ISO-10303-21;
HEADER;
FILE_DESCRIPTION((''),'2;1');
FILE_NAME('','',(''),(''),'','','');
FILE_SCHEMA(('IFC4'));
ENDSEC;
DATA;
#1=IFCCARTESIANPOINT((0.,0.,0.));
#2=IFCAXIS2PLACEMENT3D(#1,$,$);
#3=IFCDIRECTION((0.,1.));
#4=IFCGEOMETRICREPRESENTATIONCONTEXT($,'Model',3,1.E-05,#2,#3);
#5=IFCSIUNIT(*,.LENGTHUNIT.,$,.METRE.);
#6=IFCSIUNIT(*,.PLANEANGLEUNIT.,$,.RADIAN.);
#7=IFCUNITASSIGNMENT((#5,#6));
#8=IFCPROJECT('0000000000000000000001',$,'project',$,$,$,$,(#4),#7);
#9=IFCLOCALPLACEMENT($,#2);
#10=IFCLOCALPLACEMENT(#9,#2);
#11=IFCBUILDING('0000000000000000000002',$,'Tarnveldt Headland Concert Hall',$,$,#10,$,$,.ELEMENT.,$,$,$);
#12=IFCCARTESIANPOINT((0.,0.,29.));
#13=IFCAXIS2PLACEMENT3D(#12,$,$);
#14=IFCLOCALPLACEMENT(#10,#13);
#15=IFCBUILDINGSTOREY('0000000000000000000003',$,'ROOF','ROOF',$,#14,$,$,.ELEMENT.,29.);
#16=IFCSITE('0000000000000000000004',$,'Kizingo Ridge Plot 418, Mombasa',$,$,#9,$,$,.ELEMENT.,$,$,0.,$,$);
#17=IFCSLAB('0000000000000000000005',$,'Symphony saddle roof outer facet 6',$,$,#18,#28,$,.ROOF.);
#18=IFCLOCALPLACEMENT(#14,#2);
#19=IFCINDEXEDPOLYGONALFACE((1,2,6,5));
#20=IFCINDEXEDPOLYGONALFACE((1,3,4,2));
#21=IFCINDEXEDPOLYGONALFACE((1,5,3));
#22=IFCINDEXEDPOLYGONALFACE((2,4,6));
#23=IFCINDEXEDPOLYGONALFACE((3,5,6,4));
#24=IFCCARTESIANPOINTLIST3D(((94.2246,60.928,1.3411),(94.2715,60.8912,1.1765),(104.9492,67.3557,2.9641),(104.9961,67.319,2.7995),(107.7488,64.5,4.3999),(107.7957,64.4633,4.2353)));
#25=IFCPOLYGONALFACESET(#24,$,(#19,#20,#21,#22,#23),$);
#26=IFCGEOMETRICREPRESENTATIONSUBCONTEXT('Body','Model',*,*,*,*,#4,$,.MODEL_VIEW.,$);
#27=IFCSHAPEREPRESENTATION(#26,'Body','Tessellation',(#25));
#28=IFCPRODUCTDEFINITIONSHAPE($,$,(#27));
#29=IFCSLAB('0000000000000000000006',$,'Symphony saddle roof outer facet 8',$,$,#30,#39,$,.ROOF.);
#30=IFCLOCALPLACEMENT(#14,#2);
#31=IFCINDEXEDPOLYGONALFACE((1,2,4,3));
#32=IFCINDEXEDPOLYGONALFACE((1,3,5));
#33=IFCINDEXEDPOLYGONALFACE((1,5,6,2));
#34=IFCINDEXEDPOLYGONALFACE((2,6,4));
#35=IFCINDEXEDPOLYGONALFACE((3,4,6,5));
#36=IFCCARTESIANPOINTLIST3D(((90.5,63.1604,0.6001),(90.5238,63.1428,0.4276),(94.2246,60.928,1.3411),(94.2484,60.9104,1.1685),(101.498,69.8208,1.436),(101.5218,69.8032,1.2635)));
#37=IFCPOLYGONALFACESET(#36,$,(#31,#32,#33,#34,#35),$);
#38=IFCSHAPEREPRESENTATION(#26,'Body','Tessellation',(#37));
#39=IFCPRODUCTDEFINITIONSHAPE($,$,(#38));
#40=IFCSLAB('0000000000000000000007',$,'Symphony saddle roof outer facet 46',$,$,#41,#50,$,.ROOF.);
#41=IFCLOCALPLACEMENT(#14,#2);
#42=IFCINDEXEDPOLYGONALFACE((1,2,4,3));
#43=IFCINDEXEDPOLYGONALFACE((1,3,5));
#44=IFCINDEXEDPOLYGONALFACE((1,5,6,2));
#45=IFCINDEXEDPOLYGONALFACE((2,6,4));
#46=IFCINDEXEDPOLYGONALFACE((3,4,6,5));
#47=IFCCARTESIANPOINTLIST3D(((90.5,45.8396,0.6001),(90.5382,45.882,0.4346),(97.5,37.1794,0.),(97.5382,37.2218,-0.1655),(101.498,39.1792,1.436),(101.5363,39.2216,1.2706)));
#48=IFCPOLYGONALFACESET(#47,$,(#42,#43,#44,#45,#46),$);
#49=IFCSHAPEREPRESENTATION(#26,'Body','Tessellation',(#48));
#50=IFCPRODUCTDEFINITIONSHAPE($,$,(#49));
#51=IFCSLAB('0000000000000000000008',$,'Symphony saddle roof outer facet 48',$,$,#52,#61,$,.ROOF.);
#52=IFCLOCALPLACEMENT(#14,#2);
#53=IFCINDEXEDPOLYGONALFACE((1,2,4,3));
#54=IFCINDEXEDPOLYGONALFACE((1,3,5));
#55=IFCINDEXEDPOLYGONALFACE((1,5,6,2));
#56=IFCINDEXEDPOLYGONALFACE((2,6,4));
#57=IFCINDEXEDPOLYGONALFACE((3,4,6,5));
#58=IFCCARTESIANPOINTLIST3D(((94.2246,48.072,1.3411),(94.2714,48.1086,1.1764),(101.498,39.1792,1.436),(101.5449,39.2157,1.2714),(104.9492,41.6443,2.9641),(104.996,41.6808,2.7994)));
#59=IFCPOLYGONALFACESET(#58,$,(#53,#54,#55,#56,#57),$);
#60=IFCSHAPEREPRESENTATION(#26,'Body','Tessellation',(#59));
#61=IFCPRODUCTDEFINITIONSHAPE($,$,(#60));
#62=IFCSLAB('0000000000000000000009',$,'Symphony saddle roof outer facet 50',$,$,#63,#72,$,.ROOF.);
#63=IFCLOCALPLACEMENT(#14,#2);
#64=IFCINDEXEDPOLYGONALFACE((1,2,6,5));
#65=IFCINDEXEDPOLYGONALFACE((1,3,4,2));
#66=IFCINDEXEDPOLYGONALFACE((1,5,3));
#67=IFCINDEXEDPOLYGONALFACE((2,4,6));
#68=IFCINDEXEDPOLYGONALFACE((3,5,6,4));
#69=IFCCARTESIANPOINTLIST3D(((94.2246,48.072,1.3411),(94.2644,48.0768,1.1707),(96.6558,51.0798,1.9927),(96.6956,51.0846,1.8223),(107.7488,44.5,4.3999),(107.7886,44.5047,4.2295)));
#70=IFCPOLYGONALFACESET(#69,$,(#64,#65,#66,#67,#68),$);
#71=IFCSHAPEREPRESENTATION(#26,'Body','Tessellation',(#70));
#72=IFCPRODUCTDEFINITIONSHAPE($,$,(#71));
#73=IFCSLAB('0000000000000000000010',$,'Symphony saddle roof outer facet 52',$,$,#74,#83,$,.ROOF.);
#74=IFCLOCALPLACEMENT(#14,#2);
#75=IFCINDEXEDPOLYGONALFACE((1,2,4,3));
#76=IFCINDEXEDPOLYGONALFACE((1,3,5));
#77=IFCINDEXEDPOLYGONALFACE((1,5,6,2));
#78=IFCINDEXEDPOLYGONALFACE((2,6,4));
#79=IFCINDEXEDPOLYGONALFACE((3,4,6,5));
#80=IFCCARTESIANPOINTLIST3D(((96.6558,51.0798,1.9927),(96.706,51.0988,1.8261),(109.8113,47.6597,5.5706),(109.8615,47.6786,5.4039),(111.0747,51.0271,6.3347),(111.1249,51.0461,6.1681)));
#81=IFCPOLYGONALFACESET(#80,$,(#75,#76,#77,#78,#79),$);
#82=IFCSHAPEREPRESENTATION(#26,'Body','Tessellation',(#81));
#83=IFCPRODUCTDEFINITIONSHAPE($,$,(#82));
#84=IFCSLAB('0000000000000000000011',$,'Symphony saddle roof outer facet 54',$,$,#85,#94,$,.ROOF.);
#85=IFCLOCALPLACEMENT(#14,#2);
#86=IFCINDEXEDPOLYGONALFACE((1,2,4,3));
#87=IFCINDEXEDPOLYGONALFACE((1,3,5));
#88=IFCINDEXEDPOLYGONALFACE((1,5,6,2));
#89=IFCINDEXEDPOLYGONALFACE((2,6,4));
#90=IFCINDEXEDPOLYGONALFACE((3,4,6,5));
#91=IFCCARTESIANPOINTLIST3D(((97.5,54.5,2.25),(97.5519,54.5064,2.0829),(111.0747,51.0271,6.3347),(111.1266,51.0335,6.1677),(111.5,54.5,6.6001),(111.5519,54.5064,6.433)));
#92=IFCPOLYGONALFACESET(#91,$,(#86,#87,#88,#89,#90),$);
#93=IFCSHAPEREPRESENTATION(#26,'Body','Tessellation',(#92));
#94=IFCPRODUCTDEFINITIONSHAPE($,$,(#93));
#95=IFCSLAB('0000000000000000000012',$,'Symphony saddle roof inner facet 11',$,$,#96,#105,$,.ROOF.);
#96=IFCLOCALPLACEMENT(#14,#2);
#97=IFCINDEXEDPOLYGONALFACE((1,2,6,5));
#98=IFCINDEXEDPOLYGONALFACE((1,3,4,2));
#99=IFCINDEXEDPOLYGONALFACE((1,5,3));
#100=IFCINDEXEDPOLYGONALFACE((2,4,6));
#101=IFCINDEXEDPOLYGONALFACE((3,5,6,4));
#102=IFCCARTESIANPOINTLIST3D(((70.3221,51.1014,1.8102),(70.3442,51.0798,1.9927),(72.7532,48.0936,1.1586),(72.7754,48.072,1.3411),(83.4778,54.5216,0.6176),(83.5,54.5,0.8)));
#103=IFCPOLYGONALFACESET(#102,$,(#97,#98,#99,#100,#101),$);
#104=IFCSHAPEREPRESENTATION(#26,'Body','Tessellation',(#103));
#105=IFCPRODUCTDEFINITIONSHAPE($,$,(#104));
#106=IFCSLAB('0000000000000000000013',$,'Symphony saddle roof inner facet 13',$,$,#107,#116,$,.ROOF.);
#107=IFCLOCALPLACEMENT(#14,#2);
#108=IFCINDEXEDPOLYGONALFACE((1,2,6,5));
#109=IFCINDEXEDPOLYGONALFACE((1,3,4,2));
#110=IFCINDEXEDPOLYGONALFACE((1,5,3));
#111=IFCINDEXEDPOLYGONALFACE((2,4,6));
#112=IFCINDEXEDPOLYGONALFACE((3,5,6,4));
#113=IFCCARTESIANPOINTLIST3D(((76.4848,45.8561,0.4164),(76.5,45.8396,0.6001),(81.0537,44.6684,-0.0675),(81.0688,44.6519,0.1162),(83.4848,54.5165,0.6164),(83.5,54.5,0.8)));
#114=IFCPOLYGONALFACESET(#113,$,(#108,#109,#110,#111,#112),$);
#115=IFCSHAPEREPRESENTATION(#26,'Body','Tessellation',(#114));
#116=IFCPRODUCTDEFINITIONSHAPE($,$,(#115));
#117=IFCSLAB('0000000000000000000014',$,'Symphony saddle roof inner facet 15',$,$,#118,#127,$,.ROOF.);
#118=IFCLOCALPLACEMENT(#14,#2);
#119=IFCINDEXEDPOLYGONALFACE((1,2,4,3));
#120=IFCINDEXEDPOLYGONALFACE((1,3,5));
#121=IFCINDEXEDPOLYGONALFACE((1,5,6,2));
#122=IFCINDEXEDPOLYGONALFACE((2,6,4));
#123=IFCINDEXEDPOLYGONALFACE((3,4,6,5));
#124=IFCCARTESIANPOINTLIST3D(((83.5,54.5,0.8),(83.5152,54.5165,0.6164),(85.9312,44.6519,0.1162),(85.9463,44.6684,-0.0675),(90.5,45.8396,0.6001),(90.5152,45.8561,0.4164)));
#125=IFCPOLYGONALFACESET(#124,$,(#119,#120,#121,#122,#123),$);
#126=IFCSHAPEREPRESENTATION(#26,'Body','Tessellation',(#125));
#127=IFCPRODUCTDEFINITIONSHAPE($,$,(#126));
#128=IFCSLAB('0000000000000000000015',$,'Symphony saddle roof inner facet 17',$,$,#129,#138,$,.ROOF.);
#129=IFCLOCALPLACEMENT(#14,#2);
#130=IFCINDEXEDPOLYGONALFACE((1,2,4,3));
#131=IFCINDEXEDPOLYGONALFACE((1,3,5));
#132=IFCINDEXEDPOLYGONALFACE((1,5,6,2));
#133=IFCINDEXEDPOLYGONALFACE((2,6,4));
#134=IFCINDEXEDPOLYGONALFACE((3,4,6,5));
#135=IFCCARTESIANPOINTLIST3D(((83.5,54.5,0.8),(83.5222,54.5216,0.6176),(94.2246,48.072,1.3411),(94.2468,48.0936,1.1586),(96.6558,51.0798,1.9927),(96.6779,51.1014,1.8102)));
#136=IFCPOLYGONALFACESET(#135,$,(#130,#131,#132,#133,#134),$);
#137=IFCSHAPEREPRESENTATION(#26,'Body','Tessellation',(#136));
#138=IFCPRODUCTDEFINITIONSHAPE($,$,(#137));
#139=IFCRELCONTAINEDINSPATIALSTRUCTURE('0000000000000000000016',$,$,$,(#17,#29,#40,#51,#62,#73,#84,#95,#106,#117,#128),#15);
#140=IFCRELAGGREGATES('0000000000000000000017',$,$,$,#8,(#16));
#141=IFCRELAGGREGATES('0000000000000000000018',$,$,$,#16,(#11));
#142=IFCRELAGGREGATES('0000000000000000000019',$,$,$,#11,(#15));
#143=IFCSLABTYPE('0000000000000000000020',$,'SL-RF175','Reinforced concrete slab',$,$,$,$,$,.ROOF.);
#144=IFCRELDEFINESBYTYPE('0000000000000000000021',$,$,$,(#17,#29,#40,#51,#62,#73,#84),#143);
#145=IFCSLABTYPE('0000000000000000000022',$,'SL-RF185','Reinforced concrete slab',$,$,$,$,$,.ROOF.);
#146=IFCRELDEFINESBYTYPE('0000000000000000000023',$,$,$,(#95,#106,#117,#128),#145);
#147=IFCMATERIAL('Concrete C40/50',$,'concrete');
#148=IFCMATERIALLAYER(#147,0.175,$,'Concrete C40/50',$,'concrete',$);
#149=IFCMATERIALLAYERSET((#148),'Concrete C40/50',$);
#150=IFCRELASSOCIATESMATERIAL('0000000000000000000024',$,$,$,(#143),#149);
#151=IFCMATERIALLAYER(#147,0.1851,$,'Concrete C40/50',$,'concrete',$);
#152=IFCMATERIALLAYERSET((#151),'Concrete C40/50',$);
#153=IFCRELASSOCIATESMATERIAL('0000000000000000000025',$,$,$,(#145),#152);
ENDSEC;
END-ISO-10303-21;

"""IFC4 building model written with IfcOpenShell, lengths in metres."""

from ifc_helpers import new_model, si_unit, direction, frame, origin, place, context, subcontext, project, spatial, polyline, outline, extrude, material, layer, layer_set, type_object, element, save


model = new_model("IFC4")

# Units and contexts
model_context = context("Model", 3, precision=1e-05, world=origin(), true_north=direction((0.0, 1.0)))
body_context = subcontext(model_context, "Body", "Model", "MODEL_VIEW")
ifc_project = project(units=[si_unit("LENGTHUNIT", "METRE"), si_unit("PLANEANGLEUNIT", "RADIAN")], contexts=[model_context])

# Site, building, storey
site_placement = place(None, origin())
site = spatial("IfcSite", under=ifc_project, at=site_placement, Name="Kizingo Ridge Plot 418, Mombasa", CompositionType="ELEMENT", RefElevation=0.0)
building_placement = place(site_placement, origin())
building = spatial("IfcBuilding", under=site, at=building_placement, Name="Tarnveldt Headland Concert Hall", CompositionType="ELEMENT")
storey_placement = place(building_placement, frame((0.0, 0.0, 29.0)))
storey = spatial("IfcBuildingStorey", under=building, at=storey_placement, Name="ROOF", Description="ROOF", CompositionType="ELEMENT", Elevation=29.0)

# Slabs
ifc_material = material(Name="Concrete C40/50", Category="concrete")
ifc_layer_1 = layer(ifc_material, 0.175, Name="Concrete C40/50", Category="concrete")
ifc_layer_set_1 = layer_set([ifc_layer_1], Name="Concrete C40/50")
slab_type_1 = type_object("IfcSlabType", Name="SL-RF175", Description="Reinforced concrete slab", PredefinedType="ROOF", material=ifc_layer_set_1)
slab_1_placement = place(storey_placement, frame((94.2246, 60.928, 1.3411), z_axis=(-0.268101, 0.209906, 0.940245), x_axis=(0.944525, 0.249469, 0.213629)))
element("IfcSlab", 1, at=slab_1_placement, inside=storey, type_object=slab_type_1, Name="Symphony saddle roof outer facet 6", PredefinedType="ROOF", context=body_context, shape_type="SweptSolid", body=[
    extrude(outline(polyline([(0.0, 0.0), (14.3185, 0.0), (12.0799, 3.6115), (0.0, 0.0)])), origin(), (0.0, 0.0, -1.0), 0.175),
])
slab_2_placement = place(storey_placement, frame((94.2246, 60.928, 1.3411), z_axis=(-0.135809, 0.100552, 0.985619), x_axis=(0.633085, 0.774038, 0.008266)))
element("IfcSlab", 2, at=slab_2_placement, inside=storey, type_object=slab_type_1, Name="Symphony saddle roof outer facet 8", PredefinedType="ROOF", context=body_context, shape_type="SweptSolid", body=[
    extrude(outline(polyline([(0.0, 0.0), (11.4889, 0.0), (-0.6361, 4.359), (0.0, 0.0)])), origin(), (0.0, 0.0, -1.0), 0.175),
])
slab_3_placement = place(storey_placement, frame((90.5, 45.8396, 0.6001), z_axis=(-0.218462, -0.242089, 0.94534), x_axis=(0.627712, -0.776583, -0.053813)))
element("IfcSlab", 3, at=slab_3_placement, inside=storey, type_object=slab_type_1, Name="Symphony saddle roof outer facet 46", PredefinedType="ROOF", context=body_context, shape_type="SweptSolid", body=[
    extrude(outline(polyline([(0.0, 0.0), (11.1516, 0.0), (12.031, 4.6122), (0.0, 0.0)])), origin(), (0.0, 0.0, -1.0), 0.175),
])
slab_4_placement = place(storey_placement, frame((94.2246, 48.072, 1.3411), z_axis=(-0.267446, -0.208698, 0.940701), x_axis=(0.633085, -0.774038, 0.008266)))
element("IfcSlab", 4, at=slab_4_placement, inside=storey, type_object=slab_type_1, Name="Symphony saddle roof outer facet 48", PredefinedType="ROOF", context=body_context, shape_type="SweptSolid", body=[
    extrude(outline(polyline([(0.0, 0.0), (11.4889, 0.0), (11.7783, 4.4987), (0.0, 0.0)])), origin(), (0.0, 0.0, -1.0), 0.175),
])
slab_5_placement = place(storey_placement, frame((94.2246, 48.072, 1.3411), z_axis=(-0.227335, -0.027135, 0.973438), x_axis=(0.944525, -0.249469, 0.213629)))
element("IfcSlab", 5, at=slab_5_placement, inside=storey, type_object=slab_type_1, Name="Symphony saddle roof outer facet 50", PredefinedType="ROOF", context=body_context, shape_type="SweptSolid", body=[
    extrude(outline(polyline([(0.0, 0.0), (14.3185, 0.0), (1.6851, 3.5415), (0.0, 0.0)])), origin(), (0.0, 0.0, -1.0), 0.175),
])
slab_6_placement = place(storey_placement, frame((96.6558, 51.0798, 1.9927), z_axis=(-0.287011, -0.108302, 0.951785), x_axis=(0.935947, -0.243327, 0.254548)))
element("IfcSlab", 6, at=slab_6_placement, inside=storey, type_object=slab_type_1, Name="Symphony saddle roof outer facet 52", PredefinedType="ROOF", context=body_context, shape_type="SweptSolid", body=[
    extrude(outline(polyline([(0.0, 0.0), (14.0558, 0.0), (14.6135, 3.6344), (0.0, 0.0)])), origin(), (0.0, 0.0, -1.0), 0.175),
])
slab_7_placement = place(storey_placement, frame((97.5, 54.5, 2.25), z_axis=(-0.296528, -0.036611, 0.954322), x_axis=(0.930083, -0.237949, 0.279868)))
element("IfcSlab", 7, at=slab_7_placement, inside=storey, type_object=slab_type_1, Name="Symphony saddle roof outer facet 54", PredefinedType="ROOF", context=body_context, shape_type="SweptSolid", body=[
    extrude(outline(polyline([(0.0, 0.0), (14.5952, 0.0), (14.2386, 3.4907), (0.0, 0.0)])), origin(), (0.0, 0.0, -1.0), 0.175),
])
ifc_layer_2 = layer(ifc_material, 0.1851, Name="Concrete C40/50", Category="concrete")
ifc_layer_set_2 = layer_set([ifc_layer_2], Name="Concrete C40/50")
slab_type_2 = type_object("IfcSlabType", Name="SL-RF185", Description="Reinforced concrete slab", PredefinedType="ROOF", material=ifc_layer_set_2)
slab_8_placement = place(storey_placement, frame((83.5, 54.5, 0.8), z_axis=(0.119743, -0.116802, 0.98591), x_axis=(-0.964125, -0.250648, 0.087402)))
element("IfcSlab", 8, at=slab_8_placement, inside=storey, type_object=slab_type_2, Name="Symphony saddle roof inner facet 11", PredefinedType="ROOF", context=body_context, shape_type="SweptSolid", body=[
    extrude(outline(polyline([(0.0, 0.0), (13.6453, 0.0), (11.9983, 3.5594), (0.0, 0.0)])), origin(), (0.0, 0.0, -1.0), 0.1851),
])
slab_9_placement = place(storey_placement, frame((83.5, 54.5, 0.8), z_axis=(0.081952, -0.089158, 0.99264), x_axis=(-0.628511, -0.777594, -0.017953)))
element("IfcSlab", 9, at=slab_9_placement, inside=storey, type_object=slab_type_2, Name="Symphony saddle roof inner facet 13", PredefinedType="ROOF", context=body_context, shape_type="SweptSolid", body=[
    extrude(outline(polyline([(0.0, 0.0), (11.1374, 0.0), (9.1981, 4.3311), (0.0, 0.0)])), origin(), (0.0, 0.0, -1.0), 0.1851),
])
slab_10_placement = place(storey_placement, frame((83.5, 54.5, 0.8), z_axis=(-0.081952, -0.089158, 0.99264), x_axis=(0.239126, -0.968656, -0.067262)))
element("IfcSlab", 10, at=slab_10_placement, inside=storey, type_object=slab_type_2, Name="Symphony saddle roof inner facet 15", PredefinedType="ROOF", context=body_context, shape_type="SweptSolid", body=[
    extrude(outline(polyline([(0.0, 0.0), (10.1668, 0.0), (10.0763, 4.7446), (0.0, 0.0)])), origin(), (0.0, 0.0, -1.0), 0.1851),
])
slab_11_placement = place(storey_placement, frame((83.5, 54.5, 0.8), z_axis=(-0.119743, -0.116802, 0.98591), x_axis=(0.85693, -0.513616, 0.043229)))
element("IfcSlab", 11, at=slab_11_placement, inside=storey, type_object=slab_type_2, Name="Symphony saddle roof inner facet 17", PredefinedType="ROOF", context=body_context, shape_type="SweptSolid", body=[
    extrude(outline(polyline([(0.0, 0.0), (12.5151, 0.0), (13.0818, 3.8808), (0.0, 0.0)])), origin(), (0.0, 0.0, -1.0), 0.1851),
])

save(model, "model.ifc")
